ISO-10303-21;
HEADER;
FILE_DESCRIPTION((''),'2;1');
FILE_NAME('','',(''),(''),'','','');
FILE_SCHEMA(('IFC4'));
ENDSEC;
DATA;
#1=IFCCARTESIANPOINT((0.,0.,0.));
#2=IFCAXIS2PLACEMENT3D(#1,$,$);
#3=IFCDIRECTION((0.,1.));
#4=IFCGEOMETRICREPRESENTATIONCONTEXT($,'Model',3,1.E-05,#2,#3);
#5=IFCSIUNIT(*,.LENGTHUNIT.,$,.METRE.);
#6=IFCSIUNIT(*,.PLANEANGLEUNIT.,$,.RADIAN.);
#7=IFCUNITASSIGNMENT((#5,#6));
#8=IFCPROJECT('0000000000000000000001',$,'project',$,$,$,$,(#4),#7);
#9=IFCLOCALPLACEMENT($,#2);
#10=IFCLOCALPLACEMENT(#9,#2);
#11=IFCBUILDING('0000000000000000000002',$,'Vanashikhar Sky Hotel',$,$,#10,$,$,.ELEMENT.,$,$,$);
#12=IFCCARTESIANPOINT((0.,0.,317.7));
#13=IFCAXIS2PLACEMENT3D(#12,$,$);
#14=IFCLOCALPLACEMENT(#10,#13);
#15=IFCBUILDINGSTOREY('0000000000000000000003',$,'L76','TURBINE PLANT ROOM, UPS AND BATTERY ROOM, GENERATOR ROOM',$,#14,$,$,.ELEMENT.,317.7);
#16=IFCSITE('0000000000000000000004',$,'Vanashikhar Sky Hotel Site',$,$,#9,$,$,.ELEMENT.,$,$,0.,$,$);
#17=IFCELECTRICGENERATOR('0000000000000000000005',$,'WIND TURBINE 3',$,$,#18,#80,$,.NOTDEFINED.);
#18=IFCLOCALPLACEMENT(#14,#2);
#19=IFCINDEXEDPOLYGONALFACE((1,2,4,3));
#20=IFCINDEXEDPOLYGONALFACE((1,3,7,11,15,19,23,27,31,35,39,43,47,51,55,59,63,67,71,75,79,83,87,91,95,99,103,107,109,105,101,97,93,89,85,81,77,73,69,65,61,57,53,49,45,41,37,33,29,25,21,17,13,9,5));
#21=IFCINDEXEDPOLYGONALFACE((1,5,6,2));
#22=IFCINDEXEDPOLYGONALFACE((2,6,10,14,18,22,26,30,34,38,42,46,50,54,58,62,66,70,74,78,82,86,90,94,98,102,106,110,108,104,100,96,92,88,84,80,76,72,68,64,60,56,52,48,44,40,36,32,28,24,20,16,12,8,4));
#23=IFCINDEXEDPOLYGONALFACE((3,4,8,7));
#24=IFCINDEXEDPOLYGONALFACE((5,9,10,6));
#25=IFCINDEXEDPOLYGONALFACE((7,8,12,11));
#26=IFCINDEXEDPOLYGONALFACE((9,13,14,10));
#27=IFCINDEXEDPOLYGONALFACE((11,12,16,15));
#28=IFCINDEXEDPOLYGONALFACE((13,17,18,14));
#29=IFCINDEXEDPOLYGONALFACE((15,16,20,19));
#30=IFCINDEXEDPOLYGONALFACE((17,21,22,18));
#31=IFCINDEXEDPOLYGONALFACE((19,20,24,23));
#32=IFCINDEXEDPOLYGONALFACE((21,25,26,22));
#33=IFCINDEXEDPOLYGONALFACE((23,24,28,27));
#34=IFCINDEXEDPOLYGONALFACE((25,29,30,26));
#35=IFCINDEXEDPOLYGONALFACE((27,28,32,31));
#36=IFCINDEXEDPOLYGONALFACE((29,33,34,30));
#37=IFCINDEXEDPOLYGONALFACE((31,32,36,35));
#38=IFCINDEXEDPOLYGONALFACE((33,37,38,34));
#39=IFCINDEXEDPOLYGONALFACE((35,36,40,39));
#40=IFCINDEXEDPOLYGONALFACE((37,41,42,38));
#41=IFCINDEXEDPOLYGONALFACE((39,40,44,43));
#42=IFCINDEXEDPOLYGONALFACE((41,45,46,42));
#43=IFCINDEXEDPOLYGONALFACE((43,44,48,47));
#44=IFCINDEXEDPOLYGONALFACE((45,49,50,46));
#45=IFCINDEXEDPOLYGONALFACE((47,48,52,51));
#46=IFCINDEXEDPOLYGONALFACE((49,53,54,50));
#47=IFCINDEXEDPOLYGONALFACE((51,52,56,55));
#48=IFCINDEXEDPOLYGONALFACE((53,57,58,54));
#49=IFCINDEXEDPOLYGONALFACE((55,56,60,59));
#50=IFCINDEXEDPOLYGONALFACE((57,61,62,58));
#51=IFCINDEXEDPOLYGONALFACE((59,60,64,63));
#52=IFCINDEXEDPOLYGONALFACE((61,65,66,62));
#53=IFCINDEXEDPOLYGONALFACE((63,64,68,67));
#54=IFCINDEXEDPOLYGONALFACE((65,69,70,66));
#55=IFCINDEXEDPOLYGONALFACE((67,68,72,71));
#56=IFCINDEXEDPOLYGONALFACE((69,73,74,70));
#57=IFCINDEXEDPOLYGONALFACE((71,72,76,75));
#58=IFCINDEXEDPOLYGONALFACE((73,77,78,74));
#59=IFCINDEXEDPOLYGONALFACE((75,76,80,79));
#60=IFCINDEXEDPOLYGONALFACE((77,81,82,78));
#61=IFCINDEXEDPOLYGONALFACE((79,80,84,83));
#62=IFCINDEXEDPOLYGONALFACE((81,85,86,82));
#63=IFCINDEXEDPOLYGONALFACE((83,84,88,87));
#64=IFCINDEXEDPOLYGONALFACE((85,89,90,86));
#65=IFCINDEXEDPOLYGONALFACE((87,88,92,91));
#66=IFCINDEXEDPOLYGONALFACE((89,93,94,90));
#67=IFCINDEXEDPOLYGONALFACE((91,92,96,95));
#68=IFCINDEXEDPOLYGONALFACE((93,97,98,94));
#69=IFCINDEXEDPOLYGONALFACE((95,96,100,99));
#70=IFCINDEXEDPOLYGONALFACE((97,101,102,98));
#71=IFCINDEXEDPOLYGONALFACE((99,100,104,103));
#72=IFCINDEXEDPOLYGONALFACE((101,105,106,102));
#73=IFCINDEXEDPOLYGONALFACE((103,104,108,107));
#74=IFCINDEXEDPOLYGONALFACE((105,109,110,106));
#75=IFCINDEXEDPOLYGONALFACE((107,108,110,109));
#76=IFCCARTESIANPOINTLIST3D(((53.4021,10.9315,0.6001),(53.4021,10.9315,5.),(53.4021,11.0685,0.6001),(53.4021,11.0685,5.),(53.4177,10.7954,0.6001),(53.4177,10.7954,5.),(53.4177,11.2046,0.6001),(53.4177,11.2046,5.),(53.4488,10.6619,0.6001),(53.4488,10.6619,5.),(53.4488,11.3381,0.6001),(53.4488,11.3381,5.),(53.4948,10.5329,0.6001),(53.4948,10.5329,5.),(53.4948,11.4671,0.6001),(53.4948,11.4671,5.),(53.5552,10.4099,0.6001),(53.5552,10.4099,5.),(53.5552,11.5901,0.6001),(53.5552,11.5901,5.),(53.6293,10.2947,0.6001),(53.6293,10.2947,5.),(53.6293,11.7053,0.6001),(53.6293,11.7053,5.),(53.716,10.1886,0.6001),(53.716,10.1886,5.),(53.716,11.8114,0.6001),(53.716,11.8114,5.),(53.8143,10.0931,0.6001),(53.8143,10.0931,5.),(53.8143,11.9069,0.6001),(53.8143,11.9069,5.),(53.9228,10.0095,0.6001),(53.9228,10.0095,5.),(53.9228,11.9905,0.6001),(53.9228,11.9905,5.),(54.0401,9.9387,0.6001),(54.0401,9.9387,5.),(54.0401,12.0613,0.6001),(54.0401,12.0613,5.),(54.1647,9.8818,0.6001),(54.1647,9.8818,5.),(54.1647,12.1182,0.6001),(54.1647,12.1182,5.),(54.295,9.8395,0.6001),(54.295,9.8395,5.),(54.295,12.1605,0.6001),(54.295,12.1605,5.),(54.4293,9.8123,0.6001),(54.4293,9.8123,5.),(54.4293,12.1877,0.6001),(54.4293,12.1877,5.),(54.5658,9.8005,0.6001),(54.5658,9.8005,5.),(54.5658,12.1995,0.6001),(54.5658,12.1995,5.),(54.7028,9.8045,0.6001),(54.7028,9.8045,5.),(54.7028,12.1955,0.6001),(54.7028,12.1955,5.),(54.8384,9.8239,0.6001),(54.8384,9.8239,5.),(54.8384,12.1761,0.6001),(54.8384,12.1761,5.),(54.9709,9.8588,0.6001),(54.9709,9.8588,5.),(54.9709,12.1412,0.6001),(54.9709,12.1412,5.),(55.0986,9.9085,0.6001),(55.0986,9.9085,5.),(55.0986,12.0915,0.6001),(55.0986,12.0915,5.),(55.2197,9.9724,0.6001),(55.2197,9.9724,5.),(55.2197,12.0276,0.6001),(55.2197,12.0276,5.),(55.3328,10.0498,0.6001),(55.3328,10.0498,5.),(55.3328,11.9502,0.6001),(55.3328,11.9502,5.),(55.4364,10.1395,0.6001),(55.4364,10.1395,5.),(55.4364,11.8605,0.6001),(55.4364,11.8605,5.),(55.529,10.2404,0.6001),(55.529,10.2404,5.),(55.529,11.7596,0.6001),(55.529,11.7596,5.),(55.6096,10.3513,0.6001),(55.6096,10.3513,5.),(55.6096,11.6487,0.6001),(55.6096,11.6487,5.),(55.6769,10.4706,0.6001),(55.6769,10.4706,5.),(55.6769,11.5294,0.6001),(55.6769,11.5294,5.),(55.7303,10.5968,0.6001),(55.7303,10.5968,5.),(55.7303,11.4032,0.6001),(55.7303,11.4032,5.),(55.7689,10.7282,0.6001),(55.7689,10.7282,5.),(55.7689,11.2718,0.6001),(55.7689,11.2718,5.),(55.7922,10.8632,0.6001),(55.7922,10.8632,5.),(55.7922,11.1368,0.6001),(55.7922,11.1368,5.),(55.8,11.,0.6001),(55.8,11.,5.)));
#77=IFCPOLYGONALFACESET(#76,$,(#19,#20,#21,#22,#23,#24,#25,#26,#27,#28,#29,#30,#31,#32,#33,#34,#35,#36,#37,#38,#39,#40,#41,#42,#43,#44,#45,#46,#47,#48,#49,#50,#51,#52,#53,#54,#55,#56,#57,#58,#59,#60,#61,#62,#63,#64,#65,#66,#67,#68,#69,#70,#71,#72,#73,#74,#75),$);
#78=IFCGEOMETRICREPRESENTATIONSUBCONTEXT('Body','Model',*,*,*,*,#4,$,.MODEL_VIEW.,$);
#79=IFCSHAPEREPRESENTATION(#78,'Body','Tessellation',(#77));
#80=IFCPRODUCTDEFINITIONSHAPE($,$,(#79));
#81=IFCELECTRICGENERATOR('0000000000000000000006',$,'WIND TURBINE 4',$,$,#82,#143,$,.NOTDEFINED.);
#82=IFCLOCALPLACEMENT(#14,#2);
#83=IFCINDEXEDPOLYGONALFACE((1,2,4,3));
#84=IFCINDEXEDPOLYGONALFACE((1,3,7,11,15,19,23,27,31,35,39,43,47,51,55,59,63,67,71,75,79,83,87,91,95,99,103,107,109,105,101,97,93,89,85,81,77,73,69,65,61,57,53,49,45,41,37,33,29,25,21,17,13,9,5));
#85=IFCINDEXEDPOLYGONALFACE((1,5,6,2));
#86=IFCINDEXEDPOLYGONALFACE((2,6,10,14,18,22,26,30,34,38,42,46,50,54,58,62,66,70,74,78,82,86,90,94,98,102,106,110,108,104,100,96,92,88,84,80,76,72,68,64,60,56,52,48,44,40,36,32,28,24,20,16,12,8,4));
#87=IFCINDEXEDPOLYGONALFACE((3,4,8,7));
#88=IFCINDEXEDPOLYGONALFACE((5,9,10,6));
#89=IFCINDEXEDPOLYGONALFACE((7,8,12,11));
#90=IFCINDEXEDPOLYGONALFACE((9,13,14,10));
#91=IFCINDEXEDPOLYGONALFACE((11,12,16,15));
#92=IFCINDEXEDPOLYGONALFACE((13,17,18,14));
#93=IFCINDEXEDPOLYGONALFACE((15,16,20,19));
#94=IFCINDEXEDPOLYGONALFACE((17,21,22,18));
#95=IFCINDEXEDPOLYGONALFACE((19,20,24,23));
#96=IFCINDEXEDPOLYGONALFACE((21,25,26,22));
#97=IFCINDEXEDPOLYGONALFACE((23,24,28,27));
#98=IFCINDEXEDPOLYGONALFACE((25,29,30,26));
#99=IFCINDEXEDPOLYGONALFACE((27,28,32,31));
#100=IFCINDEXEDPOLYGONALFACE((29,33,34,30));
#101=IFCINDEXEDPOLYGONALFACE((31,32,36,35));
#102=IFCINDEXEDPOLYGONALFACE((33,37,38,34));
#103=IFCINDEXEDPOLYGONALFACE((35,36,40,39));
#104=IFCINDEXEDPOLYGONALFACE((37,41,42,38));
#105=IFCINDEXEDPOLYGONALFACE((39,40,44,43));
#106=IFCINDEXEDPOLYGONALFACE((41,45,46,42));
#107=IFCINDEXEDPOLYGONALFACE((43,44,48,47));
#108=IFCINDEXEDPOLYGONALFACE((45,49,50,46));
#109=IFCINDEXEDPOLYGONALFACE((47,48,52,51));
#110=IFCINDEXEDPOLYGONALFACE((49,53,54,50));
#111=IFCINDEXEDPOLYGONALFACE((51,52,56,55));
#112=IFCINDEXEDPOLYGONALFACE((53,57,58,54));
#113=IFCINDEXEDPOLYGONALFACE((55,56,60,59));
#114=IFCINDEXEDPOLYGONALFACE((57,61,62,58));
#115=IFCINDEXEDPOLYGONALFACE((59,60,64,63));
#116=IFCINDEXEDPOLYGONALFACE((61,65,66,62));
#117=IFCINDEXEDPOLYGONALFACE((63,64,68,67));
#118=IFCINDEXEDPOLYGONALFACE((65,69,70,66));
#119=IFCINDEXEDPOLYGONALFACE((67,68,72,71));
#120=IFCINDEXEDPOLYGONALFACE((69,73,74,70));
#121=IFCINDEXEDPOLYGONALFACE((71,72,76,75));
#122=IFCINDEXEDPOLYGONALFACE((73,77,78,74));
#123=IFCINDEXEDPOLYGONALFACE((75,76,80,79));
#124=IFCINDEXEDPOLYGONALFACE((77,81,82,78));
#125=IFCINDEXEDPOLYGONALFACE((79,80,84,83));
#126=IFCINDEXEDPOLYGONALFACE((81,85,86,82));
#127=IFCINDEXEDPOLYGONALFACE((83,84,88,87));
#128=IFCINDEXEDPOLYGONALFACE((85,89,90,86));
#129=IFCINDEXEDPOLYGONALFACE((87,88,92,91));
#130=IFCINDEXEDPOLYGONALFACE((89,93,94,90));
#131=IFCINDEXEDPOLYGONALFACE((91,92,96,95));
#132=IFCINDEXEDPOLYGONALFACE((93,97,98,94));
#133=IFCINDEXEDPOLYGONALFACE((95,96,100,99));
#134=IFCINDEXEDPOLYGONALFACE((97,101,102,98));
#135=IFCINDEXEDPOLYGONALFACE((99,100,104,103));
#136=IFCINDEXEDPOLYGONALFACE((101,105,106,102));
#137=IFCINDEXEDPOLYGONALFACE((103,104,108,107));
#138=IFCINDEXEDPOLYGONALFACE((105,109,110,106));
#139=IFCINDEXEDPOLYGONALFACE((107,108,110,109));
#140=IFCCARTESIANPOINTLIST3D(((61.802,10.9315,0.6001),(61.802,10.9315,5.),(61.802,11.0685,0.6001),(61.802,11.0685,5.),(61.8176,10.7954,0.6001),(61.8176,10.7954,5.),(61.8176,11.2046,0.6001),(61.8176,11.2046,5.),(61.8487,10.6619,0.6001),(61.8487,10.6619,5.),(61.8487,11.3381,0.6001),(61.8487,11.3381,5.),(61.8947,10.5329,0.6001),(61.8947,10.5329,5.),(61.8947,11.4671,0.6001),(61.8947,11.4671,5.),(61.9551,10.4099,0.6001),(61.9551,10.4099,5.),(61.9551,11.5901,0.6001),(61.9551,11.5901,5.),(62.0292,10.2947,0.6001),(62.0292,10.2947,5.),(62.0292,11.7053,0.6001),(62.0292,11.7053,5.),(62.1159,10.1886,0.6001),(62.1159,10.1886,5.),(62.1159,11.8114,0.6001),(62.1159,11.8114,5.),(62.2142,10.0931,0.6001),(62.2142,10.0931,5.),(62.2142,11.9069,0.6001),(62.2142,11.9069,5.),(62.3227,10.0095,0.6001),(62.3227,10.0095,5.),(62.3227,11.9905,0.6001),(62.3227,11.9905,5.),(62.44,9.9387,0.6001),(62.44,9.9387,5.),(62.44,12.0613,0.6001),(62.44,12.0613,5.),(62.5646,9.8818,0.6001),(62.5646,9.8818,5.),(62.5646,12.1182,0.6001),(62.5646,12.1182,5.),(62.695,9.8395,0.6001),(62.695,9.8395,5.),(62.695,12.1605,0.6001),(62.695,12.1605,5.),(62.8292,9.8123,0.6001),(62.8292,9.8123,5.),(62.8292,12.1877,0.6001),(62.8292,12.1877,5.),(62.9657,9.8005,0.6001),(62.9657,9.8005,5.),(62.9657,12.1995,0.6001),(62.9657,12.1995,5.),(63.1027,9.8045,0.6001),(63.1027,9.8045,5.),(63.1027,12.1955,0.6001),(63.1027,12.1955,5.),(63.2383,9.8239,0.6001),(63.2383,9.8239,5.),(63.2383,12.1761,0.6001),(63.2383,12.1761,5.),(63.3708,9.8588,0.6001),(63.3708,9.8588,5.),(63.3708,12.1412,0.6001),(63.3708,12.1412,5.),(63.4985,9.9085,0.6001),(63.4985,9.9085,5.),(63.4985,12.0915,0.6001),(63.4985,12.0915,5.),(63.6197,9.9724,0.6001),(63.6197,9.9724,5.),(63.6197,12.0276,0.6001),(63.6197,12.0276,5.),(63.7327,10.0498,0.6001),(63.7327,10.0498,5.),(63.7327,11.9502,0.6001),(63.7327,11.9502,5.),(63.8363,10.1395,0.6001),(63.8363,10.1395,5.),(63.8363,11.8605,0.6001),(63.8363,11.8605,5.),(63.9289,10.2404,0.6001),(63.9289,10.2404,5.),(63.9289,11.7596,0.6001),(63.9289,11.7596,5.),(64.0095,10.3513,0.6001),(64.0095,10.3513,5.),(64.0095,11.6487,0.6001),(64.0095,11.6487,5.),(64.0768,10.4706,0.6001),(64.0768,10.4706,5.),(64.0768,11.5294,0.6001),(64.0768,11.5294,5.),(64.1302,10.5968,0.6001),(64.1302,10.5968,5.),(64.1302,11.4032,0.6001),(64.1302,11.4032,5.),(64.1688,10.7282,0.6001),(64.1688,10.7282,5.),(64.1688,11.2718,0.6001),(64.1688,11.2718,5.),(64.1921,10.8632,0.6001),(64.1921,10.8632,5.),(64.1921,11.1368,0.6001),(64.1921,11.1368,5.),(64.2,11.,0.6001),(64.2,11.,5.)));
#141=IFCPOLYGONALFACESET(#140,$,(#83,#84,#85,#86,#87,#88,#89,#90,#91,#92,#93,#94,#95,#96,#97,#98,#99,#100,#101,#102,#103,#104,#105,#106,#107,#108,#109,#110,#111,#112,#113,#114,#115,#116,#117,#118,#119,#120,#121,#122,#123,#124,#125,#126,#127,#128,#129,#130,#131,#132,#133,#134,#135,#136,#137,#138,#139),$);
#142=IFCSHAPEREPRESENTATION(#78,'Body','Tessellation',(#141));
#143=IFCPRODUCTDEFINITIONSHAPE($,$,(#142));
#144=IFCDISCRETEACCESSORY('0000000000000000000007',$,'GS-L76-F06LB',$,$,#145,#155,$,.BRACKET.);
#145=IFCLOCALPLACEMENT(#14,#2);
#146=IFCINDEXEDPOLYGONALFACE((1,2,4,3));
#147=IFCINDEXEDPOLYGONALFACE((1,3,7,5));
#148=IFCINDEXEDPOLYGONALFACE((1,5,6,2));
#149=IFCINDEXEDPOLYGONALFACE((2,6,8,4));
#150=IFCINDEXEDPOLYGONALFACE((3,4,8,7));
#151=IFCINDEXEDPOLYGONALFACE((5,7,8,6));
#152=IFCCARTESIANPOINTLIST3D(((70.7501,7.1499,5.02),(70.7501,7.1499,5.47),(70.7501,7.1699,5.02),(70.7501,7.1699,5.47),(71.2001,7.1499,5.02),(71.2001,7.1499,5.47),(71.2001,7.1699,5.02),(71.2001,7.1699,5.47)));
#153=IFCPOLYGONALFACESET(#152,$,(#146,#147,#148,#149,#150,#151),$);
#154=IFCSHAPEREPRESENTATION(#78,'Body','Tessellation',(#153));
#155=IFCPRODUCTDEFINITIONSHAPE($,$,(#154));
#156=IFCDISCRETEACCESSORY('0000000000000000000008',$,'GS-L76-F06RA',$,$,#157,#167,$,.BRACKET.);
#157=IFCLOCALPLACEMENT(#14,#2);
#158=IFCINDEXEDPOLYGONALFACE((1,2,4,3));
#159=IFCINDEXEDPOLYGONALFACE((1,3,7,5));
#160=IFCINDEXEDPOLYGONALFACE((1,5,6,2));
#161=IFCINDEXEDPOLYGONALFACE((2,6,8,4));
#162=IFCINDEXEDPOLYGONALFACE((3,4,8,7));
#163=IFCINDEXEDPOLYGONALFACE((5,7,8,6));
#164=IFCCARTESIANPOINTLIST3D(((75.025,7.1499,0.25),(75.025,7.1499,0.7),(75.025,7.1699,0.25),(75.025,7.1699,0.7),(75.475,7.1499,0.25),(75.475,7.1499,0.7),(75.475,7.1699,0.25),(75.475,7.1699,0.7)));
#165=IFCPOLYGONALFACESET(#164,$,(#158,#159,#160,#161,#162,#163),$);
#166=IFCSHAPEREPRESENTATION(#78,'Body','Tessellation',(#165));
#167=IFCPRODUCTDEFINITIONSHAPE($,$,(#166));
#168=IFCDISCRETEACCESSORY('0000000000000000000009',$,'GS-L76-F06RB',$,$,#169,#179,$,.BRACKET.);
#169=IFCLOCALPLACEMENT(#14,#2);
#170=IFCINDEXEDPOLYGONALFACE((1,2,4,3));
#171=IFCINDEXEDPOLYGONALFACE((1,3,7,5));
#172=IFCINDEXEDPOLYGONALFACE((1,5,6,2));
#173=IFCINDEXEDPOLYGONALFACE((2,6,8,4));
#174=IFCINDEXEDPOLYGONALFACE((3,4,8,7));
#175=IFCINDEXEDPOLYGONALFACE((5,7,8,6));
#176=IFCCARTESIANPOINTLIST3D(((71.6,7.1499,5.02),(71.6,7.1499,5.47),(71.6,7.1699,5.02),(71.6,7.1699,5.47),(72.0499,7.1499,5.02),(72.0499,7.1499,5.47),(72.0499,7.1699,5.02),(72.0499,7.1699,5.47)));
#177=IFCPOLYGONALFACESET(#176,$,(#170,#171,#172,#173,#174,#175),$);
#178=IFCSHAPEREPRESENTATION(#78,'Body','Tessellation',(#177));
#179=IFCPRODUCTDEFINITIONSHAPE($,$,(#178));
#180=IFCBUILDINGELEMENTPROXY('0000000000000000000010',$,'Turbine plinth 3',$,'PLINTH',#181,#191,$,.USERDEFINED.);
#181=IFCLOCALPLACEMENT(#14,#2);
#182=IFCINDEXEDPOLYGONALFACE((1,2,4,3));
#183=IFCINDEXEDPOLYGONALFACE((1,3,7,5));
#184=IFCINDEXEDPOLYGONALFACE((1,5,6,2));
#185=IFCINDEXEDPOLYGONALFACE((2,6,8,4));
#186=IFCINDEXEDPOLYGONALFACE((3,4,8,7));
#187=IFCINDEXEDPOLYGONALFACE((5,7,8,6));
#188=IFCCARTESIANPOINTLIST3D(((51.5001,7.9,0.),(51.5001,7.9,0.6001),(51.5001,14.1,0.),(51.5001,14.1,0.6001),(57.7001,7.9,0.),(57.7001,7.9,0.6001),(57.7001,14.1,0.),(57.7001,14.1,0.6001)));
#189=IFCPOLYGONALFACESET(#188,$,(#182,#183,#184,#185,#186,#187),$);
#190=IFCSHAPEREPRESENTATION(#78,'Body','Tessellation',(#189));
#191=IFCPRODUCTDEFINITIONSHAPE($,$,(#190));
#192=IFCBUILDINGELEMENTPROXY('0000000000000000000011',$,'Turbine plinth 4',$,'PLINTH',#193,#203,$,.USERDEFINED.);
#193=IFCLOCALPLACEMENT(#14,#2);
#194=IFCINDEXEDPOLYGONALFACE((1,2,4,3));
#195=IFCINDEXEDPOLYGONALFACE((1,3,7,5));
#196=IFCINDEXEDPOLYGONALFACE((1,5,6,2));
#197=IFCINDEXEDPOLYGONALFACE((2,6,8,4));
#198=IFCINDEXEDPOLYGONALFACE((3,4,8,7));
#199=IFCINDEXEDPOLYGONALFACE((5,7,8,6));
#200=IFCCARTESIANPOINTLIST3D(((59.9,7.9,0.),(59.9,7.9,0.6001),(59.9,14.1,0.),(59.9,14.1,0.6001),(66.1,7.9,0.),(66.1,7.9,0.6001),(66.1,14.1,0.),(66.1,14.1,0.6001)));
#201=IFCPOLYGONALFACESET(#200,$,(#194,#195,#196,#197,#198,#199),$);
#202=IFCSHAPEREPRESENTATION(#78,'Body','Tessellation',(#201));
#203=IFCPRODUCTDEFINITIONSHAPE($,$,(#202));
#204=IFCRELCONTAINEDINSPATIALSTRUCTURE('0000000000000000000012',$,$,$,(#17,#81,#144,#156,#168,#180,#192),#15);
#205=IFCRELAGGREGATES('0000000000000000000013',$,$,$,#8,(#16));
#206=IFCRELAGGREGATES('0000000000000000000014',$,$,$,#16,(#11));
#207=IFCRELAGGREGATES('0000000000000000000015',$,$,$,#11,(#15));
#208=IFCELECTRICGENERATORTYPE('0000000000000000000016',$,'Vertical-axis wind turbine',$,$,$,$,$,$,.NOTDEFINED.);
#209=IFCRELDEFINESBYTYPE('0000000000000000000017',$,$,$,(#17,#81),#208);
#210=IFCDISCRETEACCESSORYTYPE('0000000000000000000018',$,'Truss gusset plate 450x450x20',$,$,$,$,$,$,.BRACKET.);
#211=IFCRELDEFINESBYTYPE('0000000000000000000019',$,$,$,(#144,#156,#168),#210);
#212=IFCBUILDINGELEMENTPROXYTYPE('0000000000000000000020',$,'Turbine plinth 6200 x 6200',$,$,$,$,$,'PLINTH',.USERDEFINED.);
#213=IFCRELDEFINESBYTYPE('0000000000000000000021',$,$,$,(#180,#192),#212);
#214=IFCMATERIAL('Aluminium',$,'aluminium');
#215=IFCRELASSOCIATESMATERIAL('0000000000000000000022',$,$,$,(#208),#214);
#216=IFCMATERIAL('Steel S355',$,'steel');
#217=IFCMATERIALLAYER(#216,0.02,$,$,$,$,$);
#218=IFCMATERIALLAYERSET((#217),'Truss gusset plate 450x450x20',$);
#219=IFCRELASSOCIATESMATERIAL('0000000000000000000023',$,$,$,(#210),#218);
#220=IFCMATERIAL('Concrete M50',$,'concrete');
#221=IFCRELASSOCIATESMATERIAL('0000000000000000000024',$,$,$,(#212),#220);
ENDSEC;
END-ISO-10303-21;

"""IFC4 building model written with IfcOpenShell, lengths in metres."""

from ifc_helpers import new_model, si_unit, direction, frame, origin, origin_2d, place, context, subcontext, project, spatial, rectangle, circle, extrude, source, transform, mapped, material, layer, layer_set, material_profile, profile_set, type_object, element, save


model = new_model("IFC4")

# Units and contexts
model_context = context("Model", 3, precision=1e-05, world=origin(), true_north=direction((0.0, 1.0)))
body_context = subcontext(model_context, "Body", "Model", "MODEL_VIEW")
ifc_project = project(units=[si_unit("LENGTHUNIT", "METRE"), si_unit("PLANEANGLEUNIT", "RADIAN")], contexts=[model_context])

# Site, building, storey
site_placement = place(None, origin())
site = spatial("IfcSite", under=ifc_project, at=site_placement, Name="Vanashikhar Sky Hotel Site", CompositionType="ELEMENT", RefElevation=0.0)
building_placement = place(site_placement, origin())
building = spatial("IfcBuilding", under=site, at=building_placement, Name="Vanashikhar Sky Hotel", CompositionType="ELEMENT")
storey_placement = place(building_placement, frame((0.0, 0.0, 317.7)))
storey = spatial("IfcBuildingStorey", under=building, at=storey_placement, Name="L76", Description="TURBINE PLANT ROOM, UPS AND BATTERY ROOM, GENERATOR ROOM", CompositionType="ELEMENT", Elevation=317.7)

# Shared definitions
ifc_material_1 = material(Name="Concrete M50", Category="concrete")

# Shared definitions
ifc_material_2 = material(Name="Steel S355", Category="steel")

# Electric generators
ifc_material_3 = material(Name="Aluminium", Category="aluminium")
ifc_material_profile_1 = material_profile(ifc_material_3, circle(Radius=1.2, at=origin_2d()))
ifc_profile_set_1 = profile_set([ifc_material_profile_1], Name="Vertical-axis wind turbine")
electric_generator_type = type_object("IfcElectricGeneratorType", Name="Vertical-axis wind turbine", PredefinedType="NOTDEFINED", material=ifc_profile_set_1)
shared_shape_1 = source(origin(), body_context, "Body", "SweptSolid", [
    extrude(circle(Radius=1.2, at=origin_2d()), origin(), (0.0, 0.0, 1.0), 4.3999),
])
for number, where, z_axis, x_axis, name in (
    (1, (54.6001, 11.0, 0.6001), (0.0, 0.0, 1.0), (1.0, 0.0, 0.0), "WIND TURBINE 3"),
    (2, (63.0, 11.0, 0.6001), (0.0, 0.0, 1.0), (1.0, 0.0, 0.0), "WIND TURBINE 4"),
):
    element("IfcElectricGenerator", number, at=place(storey_placement, frame(where, z_axis=z_axis, x_axis=x_axis)), inside=storey, type_object=electric_generator_type, Name=name, PredefinedType="NOTDEFINED", context=body_context, shape_type="MappedRepresentation", body=[
        mapped(shared_shape_1, transform((0.0, 0.0, 0.0), scale=1.0)),
    ])

# Discrete accessories
ifc_layer_1 = layer(ifc_material_2, 0.02)
ifc_layer_set_1 = layer_set([ifc_layer_1], Name="Truss gusset plate 450x450x20")
discrete_accessory_type = type_object("IfcDiscreteAccessoryType", Name="Truss gusset plate 450x450x20", PredefinedType="BRACKET", material=ifc_layer_set_1)
shared_shape_2 = source(origin(), body_context, "Body", "SweptSolid", [
    extrude(rectangle(XDim=0.45, YDim=0.02, at=origin_2d()), origin(), (0.0, 0.0, 1.0), 0.45),
])
for number, where, z_axis, x_axis, name in (
    (3, (70.9751, 7.1599, 5.02), (0.0, 0.0, 1.0), (1.0, 0.0, 0.0), "GS-L76-F06LB"),
    (4, (75.25, 7.1599, 0.25), (0.0, 0.0, 1.0), (1.0, 0.0, 0.0), "GS-L76-F06RA"),
    (5, (71.825, 7.1599, 5.02), (0.0, 0.0, 1.0), (1.0, 0.0, 0.0), "GS-L76-F06RB"),
):
    element("IfcDiscreteAccessory", number, at=place(storey_placement, frame(where, z_axis=z_axis, x_axis=x_axis)), inside=storey, type_object=discrete_accessory_type, Name=name, PredefinedType="BRACKET", context=body_context, shape_type="MappedRepresentation", body=[
        mapped(shared_shape_2, transform((0.0, 0.0, 0.0), scale=1.0)),
    ])

# Building element proxies
building_element_proxy_type = type_object("IfcBuildingElementProxyType", Name="Turbine plinth 6200 x 6200", ElementType="PLINTH", PredefinedType="USERDEFINED", material=ifc_material_1)
shared_shape_3 = source(origin(), body_context, "Body", "SweptSolid", [
    extrude(rectangle(XDim=6.2, YDim=6.2, at=origin_2d()), origin(), (0.0, 0.0, 1.0), 0.6001),
])
for number, where, z_axis, x_axis, name in (
    (6, (54.6001, 11.0, 0.0), (0.0, 0.0, 1.0), (1.0, 0.0, 0.0), "Turbine plinth 3"),
    (7, (63.0, 11.0, 0.0), (0.0, 0.0, 1.0), (1.0, 0.0, 0.0), "Turbine plinth 4"),
):
    element("IfcBuildingElementProxy", number, at=place(storey_placement, frame(where, z_axis=z_axis, x_axis=x_axis)), inside=storey, type_object=building_element_proxy_type, Name=name, ObjectType="PLINTH", PredefinedType="USERDEFINED", context=body_context, shape_type="MappedRepresentation", body=[
        mapped(shared_shape_3, transform((0.0, 0.0, 0.0), scale=1.0)),
    ])

save(model, "model.ifc")
